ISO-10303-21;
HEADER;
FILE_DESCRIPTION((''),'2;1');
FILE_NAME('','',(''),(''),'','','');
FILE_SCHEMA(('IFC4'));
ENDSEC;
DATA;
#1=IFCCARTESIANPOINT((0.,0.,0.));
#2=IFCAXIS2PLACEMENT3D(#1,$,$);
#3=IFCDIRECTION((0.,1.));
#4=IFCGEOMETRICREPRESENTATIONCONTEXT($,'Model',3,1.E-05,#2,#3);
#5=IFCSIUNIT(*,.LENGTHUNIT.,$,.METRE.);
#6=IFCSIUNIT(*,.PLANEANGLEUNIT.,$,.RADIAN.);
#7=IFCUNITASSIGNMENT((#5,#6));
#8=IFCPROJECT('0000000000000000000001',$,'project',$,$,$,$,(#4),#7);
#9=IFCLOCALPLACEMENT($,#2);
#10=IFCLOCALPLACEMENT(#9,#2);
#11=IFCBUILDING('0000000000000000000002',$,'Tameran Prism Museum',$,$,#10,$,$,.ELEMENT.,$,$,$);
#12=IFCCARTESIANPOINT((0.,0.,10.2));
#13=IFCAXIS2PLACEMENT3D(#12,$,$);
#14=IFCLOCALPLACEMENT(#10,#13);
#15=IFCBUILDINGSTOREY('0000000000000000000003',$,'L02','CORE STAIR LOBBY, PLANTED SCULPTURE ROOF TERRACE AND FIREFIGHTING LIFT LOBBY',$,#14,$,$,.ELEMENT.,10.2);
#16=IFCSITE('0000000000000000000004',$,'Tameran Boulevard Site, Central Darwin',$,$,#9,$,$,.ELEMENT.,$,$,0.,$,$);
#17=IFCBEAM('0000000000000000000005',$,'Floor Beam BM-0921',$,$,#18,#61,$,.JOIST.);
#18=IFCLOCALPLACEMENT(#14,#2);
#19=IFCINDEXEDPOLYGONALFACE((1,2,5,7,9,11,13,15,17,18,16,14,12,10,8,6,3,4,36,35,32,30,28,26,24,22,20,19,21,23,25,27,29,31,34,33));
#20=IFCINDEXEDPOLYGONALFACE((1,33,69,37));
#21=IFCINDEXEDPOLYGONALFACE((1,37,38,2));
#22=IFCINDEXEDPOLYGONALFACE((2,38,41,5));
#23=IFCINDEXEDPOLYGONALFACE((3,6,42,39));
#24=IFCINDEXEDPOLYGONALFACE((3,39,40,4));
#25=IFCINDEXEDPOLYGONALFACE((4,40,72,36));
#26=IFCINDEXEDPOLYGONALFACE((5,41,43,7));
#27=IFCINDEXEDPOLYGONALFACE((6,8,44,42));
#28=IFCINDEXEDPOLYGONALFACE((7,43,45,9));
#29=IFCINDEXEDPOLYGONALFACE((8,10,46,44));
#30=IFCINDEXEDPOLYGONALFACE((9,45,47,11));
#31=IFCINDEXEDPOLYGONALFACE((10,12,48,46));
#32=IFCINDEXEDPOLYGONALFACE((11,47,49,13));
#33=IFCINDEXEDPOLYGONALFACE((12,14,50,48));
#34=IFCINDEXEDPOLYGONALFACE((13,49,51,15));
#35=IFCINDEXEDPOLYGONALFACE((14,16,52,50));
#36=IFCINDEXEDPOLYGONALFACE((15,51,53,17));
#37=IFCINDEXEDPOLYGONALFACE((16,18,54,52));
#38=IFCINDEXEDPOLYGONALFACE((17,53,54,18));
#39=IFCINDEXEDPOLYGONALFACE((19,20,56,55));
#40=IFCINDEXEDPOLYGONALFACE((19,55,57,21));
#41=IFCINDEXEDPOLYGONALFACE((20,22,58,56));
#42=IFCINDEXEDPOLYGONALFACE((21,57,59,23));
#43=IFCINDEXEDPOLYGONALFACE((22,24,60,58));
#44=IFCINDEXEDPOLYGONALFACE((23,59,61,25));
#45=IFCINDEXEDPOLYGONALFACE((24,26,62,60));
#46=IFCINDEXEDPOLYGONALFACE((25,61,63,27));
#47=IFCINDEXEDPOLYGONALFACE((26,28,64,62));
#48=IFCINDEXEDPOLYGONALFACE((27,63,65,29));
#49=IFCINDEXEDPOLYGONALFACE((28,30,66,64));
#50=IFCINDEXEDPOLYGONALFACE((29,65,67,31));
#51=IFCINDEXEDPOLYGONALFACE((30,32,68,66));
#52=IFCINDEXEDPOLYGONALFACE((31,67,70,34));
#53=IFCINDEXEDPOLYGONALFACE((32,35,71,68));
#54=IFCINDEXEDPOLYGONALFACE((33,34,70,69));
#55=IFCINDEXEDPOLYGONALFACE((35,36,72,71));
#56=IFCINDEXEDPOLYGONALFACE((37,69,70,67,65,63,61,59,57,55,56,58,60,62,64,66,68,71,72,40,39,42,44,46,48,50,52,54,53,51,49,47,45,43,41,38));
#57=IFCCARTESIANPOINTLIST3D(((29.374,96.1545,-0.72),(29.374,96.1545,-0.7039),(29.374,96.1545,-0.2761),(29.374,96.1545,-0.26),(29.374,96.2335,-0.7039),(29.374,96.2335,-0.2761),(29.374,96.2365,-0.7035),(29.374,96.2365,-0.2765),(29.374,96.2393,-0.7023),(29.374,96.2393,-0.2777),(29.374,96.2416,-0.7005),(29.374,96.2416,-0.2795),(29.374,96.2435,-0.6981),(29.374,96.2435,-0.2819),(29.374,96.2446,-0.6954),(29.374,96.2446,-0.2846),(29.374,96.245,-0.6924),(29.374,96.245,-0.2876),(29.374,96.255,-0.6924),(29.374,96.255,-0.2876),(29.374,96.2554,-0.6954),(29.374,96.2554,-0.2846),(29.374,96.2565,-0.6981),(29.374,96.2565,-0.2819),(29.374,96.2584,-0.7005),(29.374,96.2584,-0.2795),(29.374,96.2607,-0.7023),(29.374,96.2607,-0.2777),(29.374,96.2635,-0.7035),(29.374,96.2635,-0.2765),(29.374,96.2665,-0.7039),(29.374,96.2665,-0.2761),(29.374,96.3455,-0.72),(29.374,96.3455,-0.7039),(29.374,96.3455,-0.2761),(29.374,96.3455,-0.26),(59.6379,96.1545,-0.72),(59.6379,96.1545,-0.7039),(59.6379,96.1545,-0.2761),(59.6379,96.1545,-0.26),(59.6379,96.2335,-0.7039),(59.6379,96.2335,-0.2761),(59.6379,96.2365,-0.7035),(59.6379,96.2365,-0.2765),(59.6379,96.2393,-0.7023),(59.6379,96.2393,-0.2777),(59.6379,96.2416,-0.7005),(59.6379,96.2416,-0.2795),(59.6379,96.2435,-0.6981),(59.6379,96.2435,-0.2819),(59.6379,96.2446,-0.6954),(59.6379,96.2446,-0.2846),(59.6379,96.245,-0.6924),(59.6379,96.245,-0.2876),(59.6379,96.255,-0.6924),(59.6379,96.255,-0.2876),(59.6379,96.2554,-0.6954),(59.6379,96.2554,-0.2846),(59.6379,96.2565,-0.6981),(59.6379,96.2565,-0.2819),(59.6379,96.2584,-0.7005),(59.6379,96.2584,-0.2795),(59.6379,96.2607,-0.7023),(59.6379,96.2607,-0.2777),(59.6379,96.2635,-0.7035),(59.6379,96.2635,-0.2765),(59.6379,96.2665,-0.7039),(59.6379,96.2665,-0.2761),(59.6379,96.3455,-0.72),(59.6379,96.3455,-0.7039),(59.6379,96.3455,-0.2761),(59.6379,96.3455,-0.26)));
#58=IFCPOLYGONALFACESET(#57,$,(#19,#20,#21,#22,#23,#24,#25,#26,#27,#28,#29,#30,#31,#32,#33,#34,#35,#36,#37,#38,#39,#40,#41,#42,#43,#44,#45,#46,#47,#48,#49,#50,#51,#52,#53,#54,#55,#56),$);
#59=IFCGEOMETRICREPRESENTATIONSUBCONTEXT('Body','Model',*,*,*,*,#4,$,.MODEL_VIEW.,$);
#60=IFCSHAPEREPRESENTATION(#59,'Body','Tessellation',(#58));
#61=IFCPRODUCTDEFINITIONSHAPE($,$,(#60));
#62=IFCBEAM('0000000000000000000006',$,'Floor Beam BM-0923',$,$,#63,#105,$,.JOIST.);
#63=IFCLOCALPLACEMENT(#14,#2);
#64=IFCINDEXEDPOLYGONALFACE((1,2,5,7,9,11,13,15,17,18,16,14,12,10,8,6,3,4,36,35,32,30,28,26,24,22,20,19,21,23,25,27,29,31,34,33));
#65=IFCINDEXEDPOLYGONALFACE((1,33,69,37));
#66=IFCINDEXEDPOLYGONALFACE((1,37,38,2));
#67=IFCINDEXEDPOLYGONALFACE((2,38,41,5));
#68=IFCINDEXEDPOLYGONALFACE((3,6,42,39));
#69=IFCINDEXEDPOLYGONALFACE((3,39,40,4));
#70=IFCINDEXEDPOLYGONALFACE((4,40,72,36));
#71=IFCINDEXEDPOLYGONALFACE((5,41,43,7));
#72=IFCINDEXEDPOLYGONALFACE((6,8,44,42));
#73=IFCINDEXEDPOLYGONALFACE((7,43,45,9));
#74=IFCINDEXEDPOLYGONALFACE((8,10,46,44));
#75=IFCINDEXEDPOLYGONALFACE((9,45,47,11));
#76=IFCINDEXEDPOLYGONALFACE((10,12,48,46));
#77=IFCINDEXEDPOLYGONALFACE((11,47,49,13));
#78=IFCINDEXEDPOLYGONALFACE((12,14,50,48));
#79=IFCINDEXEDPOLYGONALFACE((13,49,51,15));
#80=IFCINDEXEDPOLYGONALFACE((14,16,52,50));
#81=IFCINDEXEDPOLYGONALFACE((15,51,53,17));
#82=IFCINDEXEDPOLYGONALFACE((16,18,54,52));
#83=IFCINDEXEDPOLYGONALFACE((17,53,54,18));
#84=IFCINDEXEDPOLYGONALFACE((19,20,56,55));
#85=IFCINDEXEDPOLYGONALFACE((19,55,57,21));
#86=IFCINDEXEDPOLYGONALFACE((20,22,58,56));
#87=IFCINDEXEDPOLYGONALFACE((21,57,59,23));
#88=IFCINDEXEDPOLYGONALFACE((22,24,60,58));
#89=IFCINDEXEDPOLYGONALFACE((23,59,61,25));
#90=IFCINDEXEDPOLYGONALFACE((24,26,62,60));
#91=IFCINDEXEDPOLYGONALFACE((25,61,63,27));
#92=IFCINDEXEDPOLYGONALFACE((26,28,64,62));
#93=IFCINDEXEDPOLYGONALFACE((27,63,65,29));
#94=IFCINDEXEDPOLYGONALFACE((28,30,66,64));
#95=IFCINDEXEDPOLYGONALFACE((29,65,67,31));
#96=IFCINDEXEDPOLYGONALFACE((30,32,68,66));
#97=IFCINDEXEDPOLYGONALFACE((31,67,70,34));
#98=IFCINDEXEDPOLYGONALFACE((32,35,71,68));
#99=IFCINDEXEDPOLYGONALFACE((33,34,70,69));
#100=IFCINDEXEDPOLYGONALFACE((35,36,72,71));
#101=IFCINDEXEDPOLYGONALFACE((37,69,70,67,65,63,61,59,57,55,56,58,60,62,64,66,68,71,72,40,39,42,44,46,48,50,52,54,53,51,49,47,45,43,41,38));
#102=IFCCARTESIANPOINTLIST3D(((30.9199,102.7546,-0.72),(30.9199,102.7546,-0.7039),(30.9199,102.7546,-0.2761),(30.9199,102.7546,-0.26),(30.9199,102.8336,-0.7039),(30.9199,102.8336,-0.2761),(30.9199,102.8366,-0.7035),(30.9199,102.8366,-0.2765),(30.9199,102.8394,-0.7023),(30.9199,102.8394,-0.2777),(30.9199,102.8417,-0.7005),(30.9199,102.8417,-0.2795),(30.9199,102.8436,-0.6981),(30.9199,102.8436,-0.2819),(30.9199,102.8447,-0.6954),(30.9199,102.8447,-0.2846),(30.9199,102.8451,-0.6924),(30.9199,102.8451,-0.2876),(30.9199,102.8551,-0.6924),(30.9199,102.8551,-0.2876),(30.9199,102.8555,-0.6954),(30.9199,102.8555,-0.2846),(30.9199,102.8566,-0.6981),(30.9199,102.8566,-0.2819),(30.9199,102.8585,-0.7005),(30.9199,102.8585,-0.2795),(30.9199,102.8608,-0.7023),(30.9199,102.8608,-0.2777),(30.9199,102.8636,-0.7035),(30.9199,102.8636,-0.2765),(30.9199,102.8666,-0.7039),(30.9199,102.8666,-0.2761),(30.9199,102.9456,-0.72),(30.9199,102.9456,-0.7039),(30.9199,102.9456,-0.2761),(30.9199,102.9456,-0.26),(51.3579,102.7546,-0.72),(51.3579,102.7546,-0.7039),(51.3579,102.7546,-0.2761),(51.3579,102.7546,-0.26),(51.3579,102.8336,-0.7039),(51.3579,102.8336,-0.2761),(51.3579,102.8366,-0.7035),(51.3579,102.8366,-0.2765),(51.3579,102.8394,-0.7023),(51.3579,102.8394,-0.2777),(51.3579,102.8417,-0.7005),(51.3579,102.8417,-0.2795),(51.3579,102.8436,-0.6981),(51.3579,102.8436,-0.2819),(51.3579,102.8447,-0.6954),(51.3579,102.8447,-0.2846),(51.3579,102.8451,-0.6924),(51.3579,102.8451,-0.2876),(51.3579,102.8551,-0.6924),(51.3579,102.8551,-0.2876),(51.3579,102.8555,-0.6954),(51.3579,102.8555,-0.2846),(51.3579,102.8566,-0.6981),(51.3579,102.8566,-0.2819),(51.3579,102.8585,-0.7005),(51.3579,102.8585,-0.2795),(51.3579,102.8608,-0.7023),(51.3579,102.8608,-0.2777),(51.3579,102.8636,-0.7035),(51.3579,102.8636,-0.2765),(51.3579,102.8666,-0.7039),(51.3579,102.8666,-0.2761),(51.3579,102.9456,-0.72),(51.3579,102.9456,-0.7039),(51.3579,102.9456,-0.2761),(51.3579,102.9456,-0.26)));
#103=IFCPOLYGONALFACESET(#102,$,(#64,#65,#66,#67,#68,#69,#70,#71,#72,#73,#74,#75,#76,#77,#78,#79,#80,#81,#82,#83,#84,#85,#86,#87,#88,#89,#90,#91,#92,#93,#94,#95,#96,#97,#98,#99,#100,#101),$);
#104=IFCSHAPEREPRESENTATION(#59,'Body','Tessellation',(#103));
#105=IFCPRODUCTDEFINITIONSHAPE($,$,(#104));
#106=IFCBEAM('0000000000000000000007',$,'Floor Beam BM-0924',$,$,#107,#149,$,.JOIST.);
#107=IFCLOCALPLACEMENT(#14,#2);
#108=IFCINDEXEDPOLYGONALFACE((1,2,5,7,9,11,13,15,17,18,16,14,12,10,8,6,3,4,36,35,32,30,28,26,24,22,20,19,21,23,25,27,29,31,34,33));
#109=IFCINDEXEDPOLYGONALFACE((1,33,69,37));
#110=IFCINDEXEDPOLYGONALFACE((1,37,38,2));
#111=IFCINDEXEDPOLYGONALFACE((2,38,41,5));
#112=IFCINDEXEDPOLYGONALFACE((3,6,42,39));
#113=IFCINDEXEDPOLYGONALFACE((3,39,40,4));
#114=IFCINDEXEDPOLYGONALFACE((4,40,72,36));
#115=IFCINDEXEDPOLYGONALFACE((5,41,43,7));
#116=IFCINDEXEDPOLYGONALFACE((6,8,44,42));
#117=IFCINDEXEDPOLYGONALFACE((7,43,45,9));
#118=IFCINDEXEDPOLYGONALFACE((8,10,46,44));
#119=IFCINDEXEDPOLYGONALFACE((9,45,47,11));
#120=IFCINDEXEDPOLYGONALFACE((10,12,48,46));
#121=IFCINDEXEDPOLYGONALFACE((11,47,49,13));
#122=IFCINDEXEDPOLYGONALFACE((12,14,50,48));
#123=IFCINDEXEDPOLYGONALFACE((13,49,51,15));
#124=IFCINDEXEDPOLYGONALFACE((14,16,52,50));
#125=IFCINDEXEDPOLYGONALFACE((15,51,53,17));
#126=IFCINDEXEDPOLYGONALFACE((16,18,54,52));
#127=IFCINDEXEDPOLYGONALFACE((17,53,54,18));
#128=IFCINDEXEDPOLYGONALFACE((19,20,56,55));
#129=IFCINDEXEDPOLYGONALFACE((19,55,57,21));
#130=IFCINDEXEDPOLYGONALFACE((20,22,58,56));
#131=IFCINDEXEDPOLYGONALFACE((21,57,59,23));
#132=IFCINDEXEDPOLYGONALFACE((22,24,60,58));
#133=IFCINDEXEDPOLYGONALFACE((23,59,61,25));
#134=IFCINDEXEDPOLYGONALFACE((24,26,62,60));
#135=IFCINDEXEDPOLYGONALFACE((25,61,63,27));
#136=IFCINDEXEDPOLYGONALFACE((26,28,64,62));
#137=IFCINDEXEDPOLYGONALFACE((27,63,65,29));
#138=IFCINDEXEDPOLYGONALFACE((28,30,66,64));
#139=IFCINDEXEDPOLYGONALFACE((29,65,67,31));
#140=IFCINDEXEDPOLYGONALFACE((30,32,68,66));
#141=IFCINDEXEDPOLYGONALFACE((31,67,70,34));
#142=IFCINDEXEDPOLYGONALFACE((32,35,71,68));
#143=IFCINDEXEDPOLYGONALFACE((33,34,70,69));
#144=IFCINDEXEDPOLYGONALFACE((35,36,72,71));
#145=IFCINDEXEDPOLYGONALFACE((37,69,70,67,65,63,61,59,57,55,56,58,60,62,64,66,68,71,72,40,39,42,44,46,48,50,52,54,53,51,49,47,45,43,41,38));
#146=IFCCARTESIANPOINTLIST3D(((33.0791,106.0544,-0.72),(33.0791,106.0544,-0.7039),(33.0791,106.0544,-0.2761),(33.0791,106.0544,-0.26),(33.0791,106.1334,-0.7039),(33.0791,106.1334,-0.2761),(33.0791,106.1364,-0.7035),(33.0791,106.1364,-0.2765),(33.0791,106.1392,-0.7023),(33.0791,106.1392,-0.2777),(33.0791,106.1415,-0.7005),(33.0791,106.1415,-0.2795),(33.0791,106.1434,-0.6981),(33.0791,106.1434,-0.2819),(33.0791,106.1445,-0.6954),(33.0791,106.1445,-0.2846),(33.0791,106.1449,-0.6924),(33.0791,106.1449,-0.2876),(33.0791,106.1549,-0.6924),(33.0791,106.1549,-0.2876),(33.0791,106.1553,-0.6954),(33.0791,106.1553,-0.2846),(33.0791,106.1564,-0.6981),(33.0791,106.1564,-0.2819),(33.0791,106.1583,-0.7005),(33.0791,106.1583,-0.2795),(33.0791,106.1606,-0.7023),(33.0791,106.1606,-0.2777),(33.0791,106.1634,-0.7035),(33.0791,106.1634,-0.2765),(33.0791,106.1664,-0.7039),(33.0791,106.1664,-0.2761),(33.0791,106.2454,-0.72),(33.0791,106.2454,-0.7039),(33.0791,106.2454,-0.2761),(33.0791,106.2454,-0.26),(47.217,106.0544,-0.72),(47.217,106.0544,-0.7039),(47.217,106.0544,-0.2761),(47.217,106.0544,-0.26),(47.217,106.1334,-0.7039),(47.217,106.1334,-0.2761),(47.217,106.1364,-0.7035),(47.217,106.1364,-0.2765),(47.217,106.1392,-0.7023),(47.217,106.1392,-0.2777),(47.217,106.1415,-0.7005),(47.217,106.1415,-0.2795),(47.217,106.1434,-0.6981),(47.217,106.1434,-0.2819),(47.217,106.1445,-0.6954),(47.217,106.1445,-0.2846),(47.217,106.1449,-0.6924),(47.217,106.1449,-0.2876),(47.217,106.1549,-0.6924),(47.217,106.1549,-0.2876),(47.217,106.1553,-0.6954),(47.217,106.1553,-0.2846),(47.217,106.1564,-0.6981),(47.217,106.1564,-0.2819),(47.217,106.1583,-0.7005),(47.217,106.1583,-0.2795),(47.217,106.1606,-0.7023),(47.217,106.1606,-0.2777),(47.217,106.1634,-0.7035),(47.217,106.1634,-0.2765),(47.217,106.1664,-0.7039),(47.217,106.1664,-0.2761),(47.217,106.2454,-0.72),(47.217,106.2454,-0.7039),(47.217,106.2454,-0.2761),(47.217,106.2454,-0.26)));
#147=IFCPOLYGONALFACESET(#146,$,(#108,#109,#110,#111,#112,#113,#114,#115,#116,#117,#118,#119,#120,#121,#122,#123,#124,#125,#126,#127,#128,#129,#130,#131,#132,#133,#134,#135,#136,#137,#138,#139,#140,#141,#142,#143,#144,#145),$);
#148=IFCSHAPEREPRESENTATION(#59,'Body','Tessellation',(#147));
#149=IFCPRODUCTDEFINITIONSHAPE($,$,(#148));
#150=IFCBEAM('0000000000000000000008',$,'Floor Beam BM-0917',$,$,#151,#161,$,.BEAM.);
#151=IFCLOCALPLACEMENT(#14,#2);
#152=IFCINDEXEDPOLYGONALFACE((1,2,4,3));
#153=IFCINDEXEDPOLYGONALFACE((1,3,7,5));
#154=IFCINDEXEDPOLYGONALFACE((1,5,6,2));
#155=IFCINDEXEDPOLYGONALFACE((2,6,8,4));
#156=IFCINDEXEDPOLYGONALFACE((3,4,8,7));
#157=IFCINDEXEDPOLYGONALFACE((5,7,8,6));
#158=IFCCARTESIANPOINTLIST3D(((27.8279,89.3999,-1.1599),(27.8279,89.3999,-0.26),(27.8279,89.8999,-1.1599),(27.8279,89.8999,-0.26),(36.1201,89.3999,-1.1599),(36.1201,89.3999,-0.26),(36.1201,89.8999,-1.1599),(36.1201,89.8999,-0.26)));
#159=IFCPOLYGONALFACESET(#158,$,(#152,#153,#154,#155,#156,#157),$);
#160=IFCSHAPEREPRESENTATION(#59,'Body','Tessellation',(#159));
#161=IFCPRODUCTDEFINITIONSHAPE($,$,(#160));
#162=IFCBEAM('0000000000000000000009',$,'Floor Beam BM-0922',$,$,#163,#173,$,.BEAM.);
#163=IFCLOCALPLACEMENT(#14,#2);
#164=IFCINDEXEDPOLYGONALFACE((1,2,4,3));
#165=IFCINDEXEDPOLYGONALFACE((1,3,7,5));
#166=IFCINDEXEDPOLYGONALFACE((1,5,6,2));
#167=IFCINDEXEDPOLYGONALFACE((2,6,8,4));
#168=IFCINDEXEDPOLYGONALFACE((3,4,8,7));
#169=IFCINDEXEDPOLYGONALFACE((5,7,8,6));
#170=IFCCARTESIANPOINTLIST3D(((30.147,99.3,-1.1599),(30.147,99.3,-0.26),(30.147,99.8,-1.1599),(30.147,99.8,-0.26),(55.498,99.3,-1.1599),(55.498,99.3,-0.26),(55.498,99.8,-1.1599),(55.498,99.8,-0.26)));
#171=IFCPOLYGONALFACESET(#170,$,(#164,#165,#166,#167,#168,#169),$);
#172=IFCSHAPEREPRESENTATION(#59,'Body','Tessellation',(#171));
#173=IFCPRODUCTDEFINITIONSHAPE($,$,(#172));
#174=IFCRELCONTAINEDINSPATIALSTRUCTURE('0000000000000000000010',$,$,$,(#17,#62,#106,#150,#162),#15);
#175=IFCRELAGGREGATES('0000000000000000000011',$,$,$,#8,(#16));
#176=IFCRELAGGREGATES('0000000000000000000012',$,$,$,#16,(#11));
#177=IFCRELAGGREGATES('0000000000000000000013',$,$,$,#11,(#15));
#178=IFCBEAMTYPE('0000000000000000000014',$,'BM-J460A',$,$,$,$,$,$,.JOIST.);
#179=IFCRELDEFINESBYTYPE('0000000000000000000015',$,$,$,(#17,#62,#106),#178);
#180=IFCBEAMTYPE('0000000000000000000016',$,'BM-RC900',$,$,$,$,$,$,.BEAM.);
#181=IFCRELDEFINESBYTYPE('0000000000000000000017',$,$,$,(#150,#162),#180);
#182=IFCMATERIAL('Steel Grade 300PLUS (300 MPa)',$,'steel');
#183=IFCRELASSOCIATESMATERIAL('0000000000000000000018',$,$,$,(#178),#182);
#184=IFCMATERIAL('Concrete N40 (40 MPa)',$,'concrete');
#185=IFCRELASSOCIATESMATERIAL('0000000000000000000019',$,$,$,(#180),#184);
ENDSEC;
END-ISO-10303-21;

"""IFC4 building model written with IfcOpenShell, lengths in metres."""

from ifc_helpers import new_model, si_unit, direction, frame, origin, origin_2d, place, context, subcontext, project, spatial, rectangle, i_section, extrude, material, material_profile, profile_set, type_object, element, save


model = new_model("IFC4")

# Units and contexts
model_context = context("Model", 3, precision=1e-05, world=origin(), true_north=direction((0.0, 1.0)))
body_context = subcontext(model_context, "Body", "Model", "MODEL_VIEW")
ifc_project = project(units=[si_unit("LENGTHUNIT", "METRE"), si_unit("PLANEANGLEUNIT", "RADIAN")], contexts=[model_context])

# Site, building, storey
site_placement = place(None, origin())
site = spatial("IfcSite", under=ifc_project, at=site_placement, Name="Tameran Boulevard Site, Central Darwin", CompositionType="ELEMENT", RefElevation=0.0)
building_placement = place(site_placement, origin())
building = spatial("IfcBuilding", under=site, at=building_placement, Name="Tameran Prism Museum", CompositionType="ELEMENT")
storey_placement = place(building_placement, frame((0.0, 0.0, 10.2)))
storey = spatial("IfcBuildingStorey", under=building, at=storey_placement, Name="L02", Description="CORE STAIR LOBBY, PLANTED SCULPTURE ROOF TERRACE AND FIREFIGHTING LIFT LOBBY", CompositionType="ELEMENT", Elevation=10.2)

# Beams
ifc_material_1 = material(Name="Steel Grade 300PLUS (300 MPa)", Category="steel")
ifc_material_profile_1 = material_profile(ifc_material_1, i_section(OverallWidth=0.1909, OverallDepth=0.46, WebThickness=0.01, FlangeThickness=0.0161, FilletRadius=0.0115, at=origin_2d()))
ifc_profile_set_1 = profile_set([ifc_material_profile_1])
beam_type_1 = type_object("IfcBeamType", Name="BM-J460A", PredefinedType="JOIST", material=ifc_profile_set_1)
beam_1_placement = place(storey_placement, frame((29.374, 96.25, -0.49), z_axis=(1.0, 0.0, 0.0), x_axis=(0.0, 1.0, 0.0)))
element("IfcBeam", 1, at=beam_1_placement, inside=storey, type_object=beam_type_1, Name="Floor Beam BM-0921", PredefinedType="JOIST", context=body_context, shape_type="SweptSolid", body=[
    extrude(i_section(OverallWidth=0.1909, OverallDepth=0.46, WebThickness=0.01, FlangeThickness=0.0161, FilletRadius=0.0115, at=origin_2d()), origin(), (0.0, 0.0, 1.0), 30.2639),
])
beam_2_placement = place(storey_placement, frame((30.9199, 102.8501, -0.49), z_axis=(1.0, 0.0, 0.0), x_axis=(0.0, 1.0, 0.0)))
element("IfcBeam", 2, at=beam_2_placement, inside=storey, type_object=beam_type_1, Name="Floor Beam BM-0923", PredefinedType="JOIST", context=body_context, shape_type="SweptSolid", body=[
    extrude(i_section(OverallWidth=0.1909, OverallDepth=0.46, WebThickness=0.01, FlangeThickness=0.0161, FilletRadius=0.0115, at=origin_2d()), origin(), (0.0, 0.0, 1.0), 20.438),
])
beam_3_placement = place(storey_placement, frame((33.0791, 106.1499, -0.49), z_axis=(1.0, 0.0, 0.0), x_axis=(0.0, 1.0, 0.0)))
element("IfcBeam", 3, at=beam_3_placement, inside=storey, type_object=beam_type_1, Name="Floor Beam BM-0924", PredefinedType="JOIST", context=body_context, shape_type="SweptSolid", body=[
    extrude(i_section(OverallWidth=0.1909, OverallDepth=0.46, WebThickness=0.01, FlangeThickness=0.0161, FilletRadius=0.0115, at=origin_2d()), origin(), (0.0, 0.0, 1.0), 14.1379),
])
ifc_material_2 = material(Name="Concrete N40 (40 MPa)", Category="concrete")
ifc_material_profile_2 = material_profile(ifc_material_2, rectangle(XDim=0.5, YDim=0.8999, at=origin_2d()))
ifc_profile_set_2 = profile_set([ifc_material_profile_2])
beam_type_2 = type_object("IfcBeamType", Name="BM-RC900", PredefinedType="BEAM", material=ifc_profile_set_2)
beam_4_placement = place(storey_placement, frame((27.8279, 89.6499, -0.71), z_axis=(1.0, 0.0, 0.0), x_axis=(0.0, 1.0, 0.0)))
element("IfcBeam", 4, at=beam_4_placement, inside=storey, type_object=beam_type_2, Name="Floor Beam BM-0917", PredefinedType="BEAM", context=body_context, shape_type="SweptSolid", body=[
    extrude(rectangle(XDim=0.5, YDim=0.8999, at=origin_2d()), origin(), (0.0, 0.0, 1.0), 8.2922),
])
beam_5_placement = place(storey_placement, frame((30.147, 99.55, -0.71), z_axis=(1.0, 0.0, 0.0), x_axis=(0.0, 1.0, 0.0)))
element("IfcBeam", 5, at=beam_5_placement, inside=storey, type_object=beam_type_2, Name="Floor Beam BM-0922", PredefinedType="BEAM", context=body_context, shape_type="SweptSolid", body=[
    extrude(rectangle(XDim=0.5, YDim=0.8999, at=origin_2d()), origin(), (0.0, 0.0, 1.0), 25.3511),
])

save(model, "model.ifc")
